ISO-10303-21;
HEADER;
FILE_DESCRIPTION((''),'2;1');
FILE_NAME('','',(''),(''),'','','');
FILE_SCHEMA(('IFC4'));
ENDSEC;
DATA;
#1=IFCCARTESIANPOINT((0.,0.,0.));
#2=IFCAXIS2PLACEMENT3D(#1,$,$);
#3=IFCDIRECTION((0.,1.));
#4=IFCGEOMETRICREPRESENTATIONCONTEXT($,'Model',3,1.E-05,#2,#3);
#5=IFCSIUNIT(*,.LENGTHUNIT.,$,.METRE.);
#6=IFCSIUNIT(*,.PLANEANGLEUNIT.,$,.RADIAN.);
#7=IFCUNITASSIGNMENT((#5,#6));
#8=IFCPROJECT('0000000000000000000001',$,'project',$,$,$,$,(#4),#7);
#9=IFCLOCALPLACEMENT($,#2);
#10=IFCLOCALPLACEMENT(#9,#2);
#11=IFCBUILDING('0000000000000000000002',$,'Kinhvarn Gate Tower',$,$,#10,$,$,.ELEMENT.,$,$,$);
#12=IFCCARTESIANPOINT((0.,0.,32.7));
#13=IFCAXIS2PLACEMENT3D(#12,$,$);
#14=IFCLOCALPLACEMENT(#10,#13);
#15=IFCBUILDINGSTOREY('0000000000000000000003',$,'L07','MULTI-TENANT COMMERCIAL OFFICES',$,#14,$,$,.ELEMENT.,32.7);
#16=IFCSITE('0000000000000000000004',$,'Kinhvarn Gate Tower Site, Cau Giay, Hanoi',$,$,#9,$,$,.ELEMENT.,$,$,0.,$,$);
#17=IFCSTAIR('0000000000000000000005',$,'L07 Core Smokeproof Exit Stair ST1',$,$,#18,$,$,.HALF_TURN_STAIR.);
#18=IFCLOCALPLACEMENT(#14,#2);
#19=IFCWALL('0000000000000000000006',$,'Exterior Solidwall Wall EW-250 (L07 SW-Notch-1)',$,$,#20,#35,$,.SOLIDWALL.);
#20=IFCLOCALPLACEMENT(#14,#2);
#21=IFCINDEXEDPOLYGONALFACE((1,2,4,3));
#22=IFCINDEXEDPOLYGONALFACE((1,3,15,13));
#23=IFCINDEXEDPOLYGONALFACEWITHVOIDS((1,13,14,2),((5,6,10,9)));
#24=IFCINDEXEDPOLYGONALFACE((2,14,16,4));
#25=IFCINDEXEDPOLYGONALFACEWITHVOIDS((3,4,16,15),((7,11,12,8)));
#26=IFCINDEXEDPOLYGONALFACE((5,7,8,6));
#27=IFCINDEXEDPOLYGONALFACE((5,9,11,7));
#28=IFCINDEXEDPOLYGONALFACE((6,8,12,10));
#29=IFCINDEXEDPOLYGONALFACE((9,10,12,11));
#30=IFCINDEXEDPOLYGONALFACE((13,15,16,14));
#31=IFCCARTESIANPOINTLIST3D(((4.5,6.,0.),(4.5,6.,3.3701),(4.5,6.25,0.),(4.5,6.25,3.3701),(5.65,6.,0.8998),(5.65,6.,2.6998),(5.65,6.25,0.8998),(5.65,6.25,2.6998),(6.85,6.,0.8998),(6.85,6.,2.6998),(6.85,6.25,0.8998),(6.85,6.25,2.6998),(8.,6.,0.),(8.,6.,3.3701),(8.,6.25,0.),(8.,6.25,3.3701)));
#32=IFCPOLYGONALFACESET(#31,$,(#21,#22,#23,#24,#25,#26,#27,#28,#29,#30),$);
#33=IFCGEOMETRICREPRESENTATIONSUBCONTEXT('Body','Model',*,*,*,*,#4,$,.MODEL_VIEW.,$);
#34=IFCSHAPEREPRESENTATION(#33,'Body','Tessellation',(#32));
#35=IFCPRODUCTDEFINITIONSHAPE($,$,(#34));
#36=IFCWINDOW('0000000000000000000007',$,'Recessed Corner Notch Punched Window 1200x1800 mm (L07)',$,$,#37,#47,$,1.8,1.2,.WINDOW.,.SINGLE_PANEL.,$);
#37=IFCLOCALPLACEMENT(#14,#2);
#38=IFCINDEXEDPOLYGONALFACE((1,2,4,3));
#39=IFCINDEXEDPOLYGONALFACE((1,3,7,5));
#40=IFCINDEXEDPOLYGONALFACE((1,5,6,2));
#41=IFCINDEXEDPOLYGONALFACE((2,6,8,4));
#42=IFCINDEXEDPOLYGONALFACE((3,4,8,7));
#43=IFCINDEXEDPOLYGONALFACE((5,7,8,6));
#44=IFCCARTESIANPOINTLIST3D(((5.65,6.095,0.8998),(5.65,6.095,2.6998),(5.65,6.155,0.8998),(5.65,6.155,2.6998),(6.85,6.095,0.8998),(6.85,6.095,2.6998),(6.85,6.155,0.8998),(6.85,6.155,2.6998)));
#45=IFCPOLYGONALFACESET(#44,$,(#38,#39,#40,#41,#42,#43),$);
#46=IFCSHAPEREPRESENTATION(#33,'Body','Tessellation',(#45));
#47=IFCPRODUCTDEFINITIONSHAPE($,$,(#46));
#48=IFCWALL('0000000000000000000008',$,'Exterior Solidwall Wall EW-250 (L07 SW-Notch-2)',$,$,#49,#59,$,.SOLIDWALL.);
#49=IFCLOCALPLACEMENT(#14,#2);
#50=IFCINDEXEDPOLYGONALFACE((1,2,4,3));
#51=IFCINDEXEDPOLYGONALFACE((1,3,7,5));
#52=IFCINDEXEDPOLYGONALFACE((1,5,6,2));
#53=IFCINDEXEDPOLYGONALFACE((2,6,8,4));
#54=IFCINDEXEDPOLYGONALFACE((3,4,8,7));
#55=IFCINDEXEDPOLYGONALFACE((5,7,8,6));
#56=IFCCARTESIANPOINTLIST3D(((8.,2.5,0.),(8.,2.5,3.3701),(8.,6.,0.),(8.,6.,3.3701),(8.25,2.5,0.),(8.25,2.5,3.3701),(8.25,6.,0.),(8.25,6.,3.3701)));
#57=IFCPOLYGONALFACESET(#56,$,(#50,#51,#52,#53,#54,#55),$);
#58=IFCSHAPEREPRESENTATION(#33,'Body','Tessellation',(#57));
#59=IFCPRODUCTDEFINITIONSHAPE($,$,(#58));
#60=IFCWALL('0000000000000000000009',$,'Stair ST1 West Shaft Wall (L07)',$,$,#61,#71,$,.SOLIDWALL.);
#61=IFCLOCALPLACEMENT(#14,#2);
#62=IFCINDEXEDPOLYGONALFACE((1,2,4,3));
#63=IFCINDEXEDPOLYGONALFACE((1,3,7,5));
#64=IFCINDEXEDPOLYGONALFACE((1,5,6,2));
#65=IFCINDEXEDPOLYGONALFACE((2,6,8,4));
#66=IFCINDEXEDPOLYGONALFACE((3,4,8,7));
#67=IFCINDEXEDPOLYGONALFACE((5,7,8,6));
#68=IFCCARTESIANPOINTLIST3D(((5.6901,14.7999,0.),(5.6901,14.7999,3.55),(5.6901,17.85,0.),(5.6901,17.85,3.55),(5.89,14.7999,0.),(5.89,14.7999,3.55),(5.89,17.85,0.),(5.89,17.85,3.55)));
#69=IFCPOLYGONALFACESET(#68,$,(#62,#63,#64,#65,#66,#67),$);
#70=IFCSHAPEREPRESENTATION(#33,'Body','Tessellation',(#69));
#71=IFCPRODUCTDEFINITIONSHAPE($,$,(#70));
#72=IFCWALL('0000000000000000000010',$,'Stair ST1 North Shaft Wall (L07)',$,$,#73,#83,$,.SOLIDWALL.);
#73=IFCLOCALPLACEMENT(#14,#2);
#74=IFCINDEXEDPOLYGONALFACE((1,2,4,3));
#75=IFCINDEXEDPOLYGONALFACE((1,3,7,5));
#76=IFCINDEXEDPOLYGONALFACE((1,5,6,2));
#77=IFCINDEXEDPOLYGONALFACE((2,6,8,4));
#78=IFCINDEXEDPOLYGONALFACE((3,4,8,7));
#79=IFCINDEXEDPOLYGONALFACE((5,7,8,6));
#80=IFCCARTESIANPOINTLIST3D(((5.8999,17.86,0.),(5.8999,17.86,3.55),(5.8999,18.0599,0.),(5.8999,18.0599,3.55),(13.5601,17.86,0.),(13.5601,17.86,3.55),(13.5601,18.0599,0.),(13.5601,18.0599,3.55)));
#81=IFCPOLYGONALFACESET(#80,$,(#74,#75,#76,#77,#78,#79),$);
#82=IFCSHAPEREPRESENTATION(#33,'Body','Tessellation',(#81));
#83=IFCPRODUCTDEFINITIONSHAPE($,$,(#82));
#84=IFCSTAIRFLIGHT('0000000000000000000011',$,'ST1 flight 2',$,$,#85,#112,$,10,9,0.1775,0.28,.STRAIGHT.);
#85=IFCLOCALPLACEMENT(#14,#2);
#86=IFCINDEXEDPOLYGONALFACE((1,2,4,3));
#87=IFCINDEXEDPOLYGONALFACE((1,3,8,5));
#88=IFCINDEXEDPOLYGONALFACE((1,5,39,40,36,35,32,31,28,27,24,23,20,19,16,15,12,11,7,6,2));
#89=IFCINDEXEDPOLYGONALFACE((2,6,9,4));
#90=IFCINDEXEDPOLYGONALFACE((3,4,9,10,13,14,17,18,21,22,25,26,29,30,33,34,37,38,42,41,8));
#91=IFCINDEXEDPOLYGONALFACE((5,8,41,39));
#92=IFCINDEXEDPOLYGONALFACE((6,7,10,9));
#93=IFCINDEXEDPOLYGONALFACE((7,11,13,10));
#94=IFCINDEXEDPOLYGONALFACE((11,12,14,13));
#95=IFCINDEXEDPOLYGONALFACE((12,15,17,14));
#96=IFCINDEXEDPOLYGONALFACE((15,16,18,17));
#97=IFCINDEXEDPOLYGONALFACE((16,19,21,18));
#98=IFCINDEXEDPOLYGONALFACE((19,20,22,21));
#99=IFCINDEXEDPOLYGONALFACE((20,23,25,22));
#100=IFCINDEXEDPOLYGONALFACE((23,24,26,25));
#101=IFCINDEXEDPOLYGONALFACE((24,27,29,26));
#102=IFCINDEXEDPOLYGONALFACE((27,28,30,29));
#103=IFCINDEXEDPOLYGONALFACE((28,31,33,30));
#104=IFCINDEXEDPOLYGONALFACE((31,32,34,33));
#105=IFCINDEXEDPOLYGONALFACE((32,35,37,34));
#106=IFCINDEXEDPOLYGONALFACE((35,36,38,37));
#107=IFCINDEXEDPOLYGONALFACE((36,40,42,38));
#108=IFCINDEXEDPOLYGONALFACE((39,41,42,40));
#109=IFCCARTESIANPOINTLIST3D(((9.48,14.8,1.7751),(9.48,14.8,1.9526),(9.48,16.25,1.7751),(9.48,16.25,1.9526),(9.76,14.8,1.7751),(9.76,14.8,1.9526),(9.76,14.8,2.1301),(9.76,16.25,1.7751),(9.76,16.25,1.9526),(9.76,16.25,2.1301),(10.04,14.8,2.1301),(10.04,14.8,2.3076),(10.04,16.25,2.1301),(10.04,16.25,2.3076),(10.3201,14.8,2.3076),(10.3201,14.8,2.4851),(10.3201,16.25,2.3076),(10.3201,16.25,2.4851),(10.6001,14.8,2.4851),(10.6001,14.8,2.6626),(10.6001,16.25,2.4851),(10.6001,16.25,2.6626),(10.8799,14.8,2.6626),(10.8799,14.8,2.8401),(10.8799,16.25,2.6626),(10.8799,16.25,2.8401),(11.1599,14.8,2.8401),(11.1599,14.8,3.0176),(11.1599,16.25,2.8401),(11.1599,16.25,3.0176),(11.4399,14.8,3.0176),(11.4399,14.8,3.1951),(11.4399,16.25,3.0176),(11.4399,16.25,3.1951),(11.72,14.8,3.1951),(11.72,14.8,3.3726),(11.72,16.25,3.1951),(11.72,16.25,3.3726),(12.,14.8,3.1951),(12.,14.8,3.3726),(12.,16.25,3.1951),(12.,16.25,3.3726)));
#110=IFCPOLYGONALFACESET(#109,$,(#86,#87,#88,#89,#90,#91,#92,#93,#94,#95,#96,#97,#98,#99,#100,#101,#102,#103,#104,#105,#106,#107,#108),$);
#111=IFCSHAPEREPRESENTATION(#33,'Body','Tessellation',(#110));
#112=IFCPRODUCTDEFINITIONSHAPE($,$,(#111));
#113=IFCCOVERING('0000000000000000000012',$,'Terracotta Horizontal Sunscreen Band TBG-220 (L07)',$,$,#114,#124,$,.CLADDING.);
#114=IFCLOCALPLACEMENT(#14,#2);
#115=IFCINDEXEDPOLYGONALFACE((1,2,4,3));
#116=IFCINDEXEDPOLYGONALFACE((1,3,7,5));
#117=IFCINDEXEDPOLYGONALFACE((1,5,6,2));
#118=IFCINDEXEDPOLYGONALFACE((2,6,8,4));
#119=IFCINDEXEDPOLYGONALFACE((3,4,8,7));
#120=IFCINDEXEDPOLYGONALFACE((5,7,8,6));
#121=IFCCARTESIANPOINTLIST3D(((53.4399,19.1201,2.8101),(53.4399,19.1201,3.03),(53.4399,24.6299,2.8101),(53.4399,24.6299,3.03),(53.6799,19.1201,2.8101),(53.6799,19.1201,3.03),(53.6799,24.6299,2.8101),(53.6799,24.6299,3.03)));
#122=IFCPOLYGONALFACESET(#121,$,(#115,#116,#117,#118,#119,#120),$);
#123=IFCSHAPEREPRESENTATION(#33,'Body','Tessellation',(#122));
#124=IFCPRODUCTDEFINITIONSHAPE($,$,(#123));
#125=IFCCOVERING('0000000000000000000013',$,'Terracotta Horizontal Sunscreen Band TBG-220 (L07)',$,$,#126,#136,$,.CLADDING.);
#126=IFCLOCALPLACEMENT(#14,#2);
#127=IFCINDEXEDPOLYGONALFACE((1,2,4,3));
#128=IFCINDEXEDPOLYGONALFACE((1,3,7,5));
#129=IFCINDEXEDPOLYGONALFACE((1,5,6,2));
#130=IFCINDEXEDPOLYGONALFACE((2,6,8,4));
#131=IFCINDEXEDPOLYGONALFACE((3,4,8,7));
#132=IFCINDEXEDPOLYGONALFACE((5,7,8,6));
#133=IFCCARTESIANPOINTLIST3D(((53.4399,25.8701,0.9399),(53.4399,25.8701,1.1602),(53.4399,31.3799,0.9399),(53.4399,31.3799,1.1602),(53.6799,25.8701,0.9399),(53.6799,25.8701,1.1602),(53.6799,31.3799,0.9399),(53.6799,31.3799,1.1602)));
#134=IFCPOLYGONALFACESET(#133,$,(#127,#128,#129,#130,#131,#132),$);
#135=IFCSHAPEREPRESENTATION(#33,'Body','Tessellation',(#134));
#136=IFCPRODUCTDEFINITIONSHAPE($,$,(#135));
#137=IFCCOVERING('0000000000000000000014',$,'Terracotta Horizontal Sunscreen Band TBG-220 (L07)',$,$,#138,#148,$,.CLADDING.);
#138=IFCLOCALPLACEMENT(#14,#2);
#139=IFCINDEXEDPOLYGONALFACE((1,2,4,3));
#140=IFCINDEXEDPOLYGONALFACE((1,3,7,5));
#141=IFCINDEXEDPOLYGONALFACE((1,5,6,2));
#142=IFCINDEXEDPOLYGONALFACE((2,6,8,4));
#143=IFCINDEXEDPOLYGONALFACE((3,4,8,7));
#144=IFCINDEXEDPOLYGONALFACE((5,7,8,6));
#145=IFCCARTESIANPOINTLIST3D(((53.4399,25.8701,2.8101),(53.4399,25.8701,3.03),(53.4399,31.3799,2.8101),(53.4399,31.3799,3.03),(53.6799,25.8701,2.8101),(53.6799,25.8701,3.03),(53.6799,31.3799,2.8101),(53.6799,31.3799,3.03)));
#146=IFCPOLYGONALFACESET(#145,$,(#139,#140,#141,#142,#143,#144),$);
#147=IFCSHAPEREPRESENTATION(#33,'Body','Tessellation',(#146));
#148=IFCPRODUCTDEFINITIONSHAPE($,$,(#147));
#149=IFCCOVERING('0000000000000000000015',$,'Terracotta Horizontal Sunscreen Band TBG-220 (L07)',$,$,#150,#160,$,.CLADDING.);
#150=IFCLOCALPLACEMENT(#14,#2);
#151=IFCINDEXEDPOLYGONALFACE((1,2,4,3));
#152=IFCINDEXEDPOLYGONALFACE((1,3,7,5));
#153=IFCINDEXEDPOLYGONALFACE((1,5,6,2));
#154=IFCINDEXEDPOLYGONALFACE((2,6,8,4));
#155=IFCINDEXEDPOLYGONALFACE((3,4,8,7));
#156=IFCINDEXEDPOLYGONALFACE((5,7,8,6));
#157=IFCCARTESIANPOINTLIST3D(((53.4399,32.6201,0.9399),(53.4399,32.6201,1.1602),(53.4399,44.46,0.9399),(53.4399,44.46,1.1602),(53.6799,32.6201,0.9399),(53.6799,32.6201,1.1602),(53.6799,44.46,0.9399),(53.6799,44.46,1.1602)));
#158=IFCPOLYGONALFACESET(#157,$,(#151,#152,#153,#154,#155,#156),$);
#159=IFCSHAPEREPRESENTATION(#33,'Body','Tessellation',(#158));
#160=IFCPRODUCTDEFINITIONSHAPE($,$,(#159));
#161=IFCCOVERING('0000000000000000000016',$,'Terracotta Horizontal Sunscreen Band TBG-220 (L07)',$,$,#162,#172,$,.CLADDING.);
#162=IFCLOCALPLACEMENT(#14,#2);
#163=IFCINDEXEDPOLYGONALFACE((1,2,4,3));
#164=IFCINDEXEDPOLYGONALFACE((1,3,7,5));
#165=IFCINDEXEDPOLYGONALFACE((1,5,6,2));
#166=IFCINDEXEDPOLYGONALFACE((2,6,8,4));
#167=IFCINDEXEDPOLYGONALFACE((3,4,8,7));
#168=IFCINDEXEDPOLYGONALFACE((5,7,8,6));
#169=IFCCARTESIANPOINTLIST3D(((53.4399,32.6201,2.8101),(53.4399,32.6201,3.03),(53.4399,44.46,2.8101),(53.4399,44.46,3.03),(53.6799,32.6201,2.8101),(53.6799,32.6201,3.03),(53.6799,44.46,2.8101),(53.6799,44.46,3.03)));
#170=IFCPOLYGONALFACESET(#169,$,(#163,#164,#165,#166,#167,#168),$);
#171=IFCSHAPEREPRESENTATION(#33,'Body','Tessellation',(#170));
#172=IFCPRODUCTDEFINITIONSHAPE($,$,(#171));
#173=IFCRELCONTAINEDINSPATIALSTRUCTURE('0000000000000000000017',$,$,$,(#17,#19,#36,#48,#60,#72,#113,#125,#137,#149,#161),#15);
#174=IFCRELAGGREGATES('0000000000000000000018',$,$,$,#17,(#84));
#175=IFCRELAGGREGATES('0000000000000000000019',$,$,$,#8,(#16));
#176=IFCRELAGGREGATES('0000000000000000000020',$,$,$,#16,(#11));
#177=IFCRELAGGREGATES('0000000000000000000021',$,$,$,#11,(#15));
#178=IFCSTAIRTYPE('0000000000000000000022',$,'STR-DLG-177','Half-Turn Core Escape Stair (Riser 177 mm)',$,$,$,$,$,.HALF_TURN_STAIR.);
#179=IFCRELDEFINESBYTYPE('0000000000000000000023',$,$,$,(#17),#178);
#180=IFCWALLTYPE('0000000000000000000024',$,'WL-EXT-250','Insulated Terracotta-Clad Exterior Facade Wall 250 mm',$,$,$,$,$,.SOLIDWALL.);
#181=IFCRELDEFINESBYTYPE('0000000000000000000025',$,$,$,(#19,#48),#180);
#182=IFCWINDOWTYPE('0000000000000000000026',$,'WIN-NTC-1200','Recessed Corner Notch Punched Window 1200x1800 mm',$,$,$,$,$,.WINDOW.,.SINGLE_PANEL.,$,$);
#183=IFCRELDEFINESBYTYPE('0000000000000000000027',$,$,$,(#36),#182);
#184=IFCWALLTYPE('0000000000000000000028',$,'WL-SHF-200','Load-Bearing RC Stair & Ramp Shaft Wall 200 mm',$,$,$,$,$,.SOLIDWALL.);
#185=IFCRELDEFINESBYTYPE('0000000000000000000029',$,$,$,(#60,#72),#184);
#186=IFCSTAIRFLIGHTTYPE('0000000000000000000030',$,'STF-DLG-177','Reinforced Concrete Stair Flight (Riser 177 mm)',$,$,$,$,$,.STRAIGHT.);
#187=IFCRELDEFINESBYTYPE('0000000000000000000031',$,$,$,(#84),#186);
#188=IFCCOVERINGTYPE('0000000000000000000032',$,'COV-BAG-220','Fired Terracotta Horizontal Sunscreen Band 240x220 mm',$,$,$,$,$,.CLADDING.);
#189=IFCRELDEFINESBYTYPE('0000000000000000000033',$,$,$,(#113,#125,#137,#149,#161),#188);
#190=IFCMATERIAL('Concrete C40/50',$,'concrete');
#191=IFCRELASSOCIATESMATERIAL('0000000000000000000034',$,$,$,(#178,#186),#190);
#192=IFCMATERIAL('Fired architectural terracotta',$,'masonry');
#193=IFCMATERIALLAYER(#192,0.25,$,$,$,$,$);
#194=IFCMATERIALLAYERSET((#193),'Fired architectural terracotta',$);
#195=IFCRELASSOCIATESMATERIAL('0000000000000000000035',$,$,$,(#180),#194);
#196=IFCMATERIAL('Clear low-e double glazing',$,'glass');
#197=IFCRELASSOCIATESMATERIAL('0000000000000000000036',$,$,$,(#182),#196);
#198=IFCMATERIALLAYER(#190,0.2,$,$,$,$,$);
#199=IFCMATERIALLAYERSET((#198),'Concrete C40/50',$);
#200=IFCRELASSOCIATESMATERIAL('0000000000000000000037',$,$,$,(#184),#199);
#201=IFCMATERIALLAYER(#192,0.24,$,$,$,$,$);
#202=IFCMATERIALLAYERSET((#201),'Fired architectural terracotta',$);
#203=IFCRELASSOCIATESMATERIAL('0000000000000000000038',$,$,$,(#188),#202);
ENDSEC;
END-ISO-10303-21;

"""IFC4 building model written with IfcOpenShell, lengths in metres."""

from ifc_helpers import new_model, si_unit, direction, frame, frame_2d, origin, place, context, subcontext, project, spatial, polyline, rectangle, outline, extrude, material, layer, layer_set, type_object, element, fill, aggregate, save


model = new_model("IFC4")

# Units and contexts
model_context = context("Model", 3, precision=1e-05, world=origin(), true_north=direction((0.0, 1.0)))
body_context = subcontext(model_context, "Body", "Model", "MODEL_VIEW")
ifc_project = project(units=[si_unit("LENGTHUNIT", "METRE"), si_unit("PLANEANGLEUNIT", "RADIAN")], contexts=[model_context])

# Site, building, storey
site_placement = place(None, origin())
site = spatial("IfcSite", under=ifc_project, at=site_placement, Name="Kinhvarn Gate Tower Site, Cau Giay, Hanoi", CompositionType="ELEMENT", RefElevation=0.0)
building_placement = place(site_placement, origin())
building = spatial("IfcBuilding", under=site, at=building_placement, Name="Kinhvarn Gate Tower", CompositionType="ELEMENT")
storey_placement = place(building_placement, frame((0.0, 0.0, 32.7)))
storey = spatial("IfcBuildingStorey", under=building, at=storey_placement, Name="L07", Description="MULTI-TENANT COMMERCIAL OFFICES", CompositionType="ELEMENT", Elevation=32.7)

# Shared definitions
ifc_material_1 = material(Name="Clear low-e double glazing", Category="glass")

# Stair
ifc_material_2 = material(Name="Concrete C40/50", Category="concrete")
stair_type = type_object("IfcStairType", Name="STR-DLG-177", Description="Half-Turn Core Escape Stair (Riser 177 mm)", PredefinedType="HALF_TURN_STAIR", material=ifc_material_2)
stair_1_placement = place(storey_placement, origin())
stair_1 = element("IfcStair", 1, at=stair_1_placement, inside=storey, type_object=stair_type, Name="L07 Core Smokeproof Exit Stair ST1", PredefinedType="HALF_TURN_STAIR")

# Wall, opening, window
ifc_material_3 = material(Name="Fired architectural terracotta", Category="masonry")
ifc_layer_1 = layer(ifc_material_3, 0.25)
ifc_layer_set_1 = layer_set([ifc_layer_1], Name="Fired architectural terracotta")
wall_type_1 = type_object("IfcWallType", Name="WL-EXT-250", Description="Insulated Terracotta-Clad Exterior Facade Wall 250 mm", PredefinedType="SOLIDWALL", material=ifc_layer_set_1)
wall_1_placement = place(storey_placement, frame((4.5, 6.125, 0.0), z_axis=(0.0, 0.0, 1.0), x_axis=(1.0, 0.0, 0.0)))
wall_1 = element("IfcWall", 2, at=wall_1_placement, inside=storey, type_object=wall_type_1, Name="Exterior Solidwall Wall EW-250 (L07 SW-Notch-1)", PredefinedType="SOLIDWALL", context=body_context, shape_type="SweptSolid", body=[
    extrude(rectangle(XDim=3.5, YDim=0.25, at=frame_2d((1.75, 0.0))), origin(), (0.0, 0.0, 1.0), 3.3701),
])
opening_1_placement = place(wall_1_placement, frame((1.1499, 0.0, 0.8999)))
opening_1 = element("IfcOpeningElement", 3, at=opening_1_placement, cuts=wall_1, PredefinedType="OPENING", context=body_context, shape_type="SweptSolid", body=[
    extrude(rectangle(XDim=1.2, YDim=1.8, at=frame_2d((0.6001, 0.8999))), frame((0.0, 0.135, 0.0), z_axis=(0.0, -1.0, 0.0), x_axis=(1.0, 0.0, 0.0)), (0.0, 0.0, 1.0), 0.27),
])
window_type_1 = type_object("IfcWindowType", Name="WIN-NTC-1200", Description="Recessed Corner Notch Punched Window 1200x1800 mm", PartitioningType="SINGLE_PANEL", PredefinedType="WINDOW", material=ifc_material_1)
window_1_placement = place(opening_1_placement, origin())
window_1 = element("IfcWindow", 4, at=window_1_placement, inside=storey, type_object=window_type_1, Name="Recessed Corner Notch Punched Window 1200x1800 mm (L07)", OverallHeight=1.8, OverallWidth=1.2, PartitioningType="SINGLE_PANEL", PredefinedType="WINDOW", context=body_context, shape_type="SweptSolid", body=[
    extrude(rectangle(XDim=1.2, YDim=1.8, at=frame_2d((0.6001, 0.8999))), frame((0.0, 0.03, 0.0), z_axis=(0.0, -1.0, 0.0), x_axis=(1.0, 0.0, 0.0)), (0.0, 0.0, 1.0), 0.0601),
])
fill(opening_1, window_1)

# Walls
wall_2_placement = place(storey_placement, frame((8.125, 6.0, 0.0), z_axis=(0.0, 0.0, 1.0), x_axis=(0.0, -1.0, 0.0)))
element("IfcWall", 5, at=wall_2_placement, inside=storey, type_object=wall_type_1, Name="Exterior Solidwall Wall EW-250 (L07 SW-Notch-2)", PredefinedType="SOLIDWALL", context=body_context, shape_type="SweptSolid", body=[
    extrude(rectangle(XDim=3.5, YDim=0.25, at=frame_2d((1.75, 0.0))), origin(), (0.0, 0.0, 1.0), 3.3701),
])
ifc_layer_2 = layer(ifc_material_2, 0.2)
ifc_layer_set_2 = layer_set([ifc_layer_2], Name="Concrete C40/50")
wall_type_2 = type_object("IfcWallType", Name="WL-SHF-200", Description="Load-Bearing RC Stair & Ramp Shaft Wall 200 mm", PredefinedType="SOLIDWALL", material=ifc_layer_set_2)
wall_3_placement = place(storey_placement, frame((5.79, 14.8, 0.0), z_axis=(0.0, 0.0, 1.0), x_axis=(0.0, 1.0, 0.0)))
element("IfcWall", 6, at=wall_3_placement, inside=storey, type_object=wall_type_2, Name="Stair ST1 West Shaft Wall (L07)", PredefinedType="SOLIDWALL", context=body_context, shape_type="SweptSolid", body=[
    extrude(rectangle(XDim=3.05, YDim=0.2, at=frame_2d((1.5249, 0.0))), origin(), (0.0, 0.0, 1.0), 3.55),
])
wall_4_placement = place(storey_placement, frame((5.8999, 17.96, 0.0), z_axis=(0.0, 0.0, 1.0), x_axis=(1.0, 0.0, 0.0)))
element("IfcWall", 7, at=wall_4_placement, inside=storey, type_object=wall_type_2, Name="Stair ST1 North Shaft Wall (L07)", PredefinedType="SOLIDWALL", context=body_context, shape_type="SweptSolid", body=[
    extrude(rectangle(XDim=7.6602, YDim=0.2, at=frame_2d((3.8301, 0.0))), origin(), (0.0, 0.0, 1.0), 3.55),
])

# Stair flight
stair_flight_type = type_object("IfcStairFlightType", Name="STF-DLG-177", Description="Reinforced Concrete Stair Flight (Riser 177 mm)", PredefinedType="STRAIGHT", material=ifc_material_2)
stair_flight_placement = place(storey_placement, frame((9.48, 15.5249, 1.7751), z_axis=(0.0, 0.0, 1.0), x_axis=(1.0, 0.0, 0.0)))
stair_flight = element("IfcStairFlight", 8, at=stair_flight_placement, type_object=stair_flight_type, Name="ST1 flight 2", NumberOfRisers=10, NumberOfTreads=9, PredefinedType="STRAIGHT", RiserHeight=0.1775, TreadLength=0.28, context=body_context, shape_type="SweptSolid", body=[
    extrude(outline(polyline([(0.0, 0.0), (0.0, 0.1775), (0.28, 0.1775), (0.28, 0.355), (0.5601, 0.355), (0.5601, 0.5325), (0.8401, 0.5325), (0.8401, 0.71), (1.1201, 0.71), (1.1201, 0.8875), (1.3999, 0.8875), (1.3999, 1.0649), (1.6799, 1.0649), (1.6799, 1.2424), (1.96, 1.2424), (1.96, 1.4199), (2.24, 1.4199), (2.24, 1.5974), (2.52, 1.5974), (2.52, 1.7749), (2.52, 1.4199), (0.28, 0.0), (0.0, 0.0)])), frame((0.0, 0.7251, 0.0), z_axis=(0.0, -1.0, 0.0), x_axis=(1.0, 0.0, 0.0)), (0.0, 0.0, 1.0), 1.45),
])
aggregate(stair_1, [stair_flight])

# Coverings
ifc_layer_3 = layer(ifc_material_3, 0.24)
ifc_layer_set_3 = layer_set([ifc_layer_3], Name="Fired architectural terracotta")
covering_type_1 = type_object("IfcCoveringType", Name="COV-BAG-220", Description="Fired Terracotta Horizontal Sunscreen Band 240x220 mm", PredefinedType="CLADDING", material=ifc_layer_set_3)
covering_1_placement = place(storey_placement, frame((0.0, 0.0, 2.8101)))
element("IfcCovering", 9, at=covering_1_placement, inside=storey, type_object=covering_type_1, Name="Terracotta Horizontal Sunscreen Band TBG-220 (L07)", PredefinedType="CLADDING", context=body_context, shape_type="SweptSolid", body=[
    extrude(outline(polyline([(53.4399, 19.1201), (53.4399, 24.6299), (53.6799, 24.6299), (53.6799, 19.1201), (53.4399, 19.1201)])), origin(), (0.0, 0.0, 1.0), 0.22),
])
covering_2_placement = place(storey_placement, frame((0.0, 0.0, 0.9399)))
element("IfcCovering", 10, at=covering_2_placement, inside=storey, type_object=covering_type_1, Name="Terracotta Horizontal Sunscreen Band TBG-220 (L07)", PredefinedType="CLADDING", context=body_context, shape_type="SweptSolid", body=[
    extrude(outline(polyline([(53.4399, 25.8701), (53.4399, 31.3799), (53.6799, 31.3799), (53.6799, 25.8701), (53.4399, 25.8701)])), origin(), (0.0, 0.0, 1.0), 0.2202),
])
covering_3_placement = place(storey_placement, frame((0.0, 0.0, 2.8101)))
element("IfcCovering", 11, at=covering_3_placement, inside=storey, type_object=covering_type_1, Name="Terracotta Horizontal Sunscreen Band TBG-220 (L07)", PredefinedType="CLADDING", context=body_context, shape_type="SweptSolid", body=[
    extrude(outline(polyline([(53.4399, 25.8701), (53.4399, 31.3799), (53.6799, 31.3799), (53.6799, 25.8701), (53.4399, 25.8701)])), origin(), (0.0, 0.0, 1.0), 0.22),
])
covering_4_placement = place(storey_placement, frame((0.0, 0.0, 0.9399)))
element("IfcCovering", 12, at=covering_4_placement, inside=storey, type_object=covering_type_1, Name="Terracotta Horizontal Sunscreen Band TBG-220 (L07)", PredefinedType="CLADDING", context=body_context, shape_type="SweptSolid", body=[
    extrude(outline(polyline([(53.4399, 32.6201), (53.4399, 44.46), (53.6799, 44.46), (53.6799, 32.6201), (53.4399, 32.6201)])), origin(), (0.0, 0.0, 1.0), 0.2202),
])
covering_5_placement = place(storey_placement, frame((0.0, 0.0, 2.8101)))
element("IfcCovering", 13, at=covering_5_placement, inside=storey, type_object=covering_type_1, Name="Terracotta Horizontal Sunscreen Band TBG-220 (L07)", PredefinedType="CLADDING", context=body_context, shape_type="SweptSolid", body=[
    extrude(outline(polyline([(53.4399, 32.6201), (53.4399, 44.46), (53.6799, 44.46), (53.6799, 32.6201), (53.4399, 32.6201)])), origin(), (0.0, 0.0, 1.0), 0.22),
])

save(model, "model.ifc")
